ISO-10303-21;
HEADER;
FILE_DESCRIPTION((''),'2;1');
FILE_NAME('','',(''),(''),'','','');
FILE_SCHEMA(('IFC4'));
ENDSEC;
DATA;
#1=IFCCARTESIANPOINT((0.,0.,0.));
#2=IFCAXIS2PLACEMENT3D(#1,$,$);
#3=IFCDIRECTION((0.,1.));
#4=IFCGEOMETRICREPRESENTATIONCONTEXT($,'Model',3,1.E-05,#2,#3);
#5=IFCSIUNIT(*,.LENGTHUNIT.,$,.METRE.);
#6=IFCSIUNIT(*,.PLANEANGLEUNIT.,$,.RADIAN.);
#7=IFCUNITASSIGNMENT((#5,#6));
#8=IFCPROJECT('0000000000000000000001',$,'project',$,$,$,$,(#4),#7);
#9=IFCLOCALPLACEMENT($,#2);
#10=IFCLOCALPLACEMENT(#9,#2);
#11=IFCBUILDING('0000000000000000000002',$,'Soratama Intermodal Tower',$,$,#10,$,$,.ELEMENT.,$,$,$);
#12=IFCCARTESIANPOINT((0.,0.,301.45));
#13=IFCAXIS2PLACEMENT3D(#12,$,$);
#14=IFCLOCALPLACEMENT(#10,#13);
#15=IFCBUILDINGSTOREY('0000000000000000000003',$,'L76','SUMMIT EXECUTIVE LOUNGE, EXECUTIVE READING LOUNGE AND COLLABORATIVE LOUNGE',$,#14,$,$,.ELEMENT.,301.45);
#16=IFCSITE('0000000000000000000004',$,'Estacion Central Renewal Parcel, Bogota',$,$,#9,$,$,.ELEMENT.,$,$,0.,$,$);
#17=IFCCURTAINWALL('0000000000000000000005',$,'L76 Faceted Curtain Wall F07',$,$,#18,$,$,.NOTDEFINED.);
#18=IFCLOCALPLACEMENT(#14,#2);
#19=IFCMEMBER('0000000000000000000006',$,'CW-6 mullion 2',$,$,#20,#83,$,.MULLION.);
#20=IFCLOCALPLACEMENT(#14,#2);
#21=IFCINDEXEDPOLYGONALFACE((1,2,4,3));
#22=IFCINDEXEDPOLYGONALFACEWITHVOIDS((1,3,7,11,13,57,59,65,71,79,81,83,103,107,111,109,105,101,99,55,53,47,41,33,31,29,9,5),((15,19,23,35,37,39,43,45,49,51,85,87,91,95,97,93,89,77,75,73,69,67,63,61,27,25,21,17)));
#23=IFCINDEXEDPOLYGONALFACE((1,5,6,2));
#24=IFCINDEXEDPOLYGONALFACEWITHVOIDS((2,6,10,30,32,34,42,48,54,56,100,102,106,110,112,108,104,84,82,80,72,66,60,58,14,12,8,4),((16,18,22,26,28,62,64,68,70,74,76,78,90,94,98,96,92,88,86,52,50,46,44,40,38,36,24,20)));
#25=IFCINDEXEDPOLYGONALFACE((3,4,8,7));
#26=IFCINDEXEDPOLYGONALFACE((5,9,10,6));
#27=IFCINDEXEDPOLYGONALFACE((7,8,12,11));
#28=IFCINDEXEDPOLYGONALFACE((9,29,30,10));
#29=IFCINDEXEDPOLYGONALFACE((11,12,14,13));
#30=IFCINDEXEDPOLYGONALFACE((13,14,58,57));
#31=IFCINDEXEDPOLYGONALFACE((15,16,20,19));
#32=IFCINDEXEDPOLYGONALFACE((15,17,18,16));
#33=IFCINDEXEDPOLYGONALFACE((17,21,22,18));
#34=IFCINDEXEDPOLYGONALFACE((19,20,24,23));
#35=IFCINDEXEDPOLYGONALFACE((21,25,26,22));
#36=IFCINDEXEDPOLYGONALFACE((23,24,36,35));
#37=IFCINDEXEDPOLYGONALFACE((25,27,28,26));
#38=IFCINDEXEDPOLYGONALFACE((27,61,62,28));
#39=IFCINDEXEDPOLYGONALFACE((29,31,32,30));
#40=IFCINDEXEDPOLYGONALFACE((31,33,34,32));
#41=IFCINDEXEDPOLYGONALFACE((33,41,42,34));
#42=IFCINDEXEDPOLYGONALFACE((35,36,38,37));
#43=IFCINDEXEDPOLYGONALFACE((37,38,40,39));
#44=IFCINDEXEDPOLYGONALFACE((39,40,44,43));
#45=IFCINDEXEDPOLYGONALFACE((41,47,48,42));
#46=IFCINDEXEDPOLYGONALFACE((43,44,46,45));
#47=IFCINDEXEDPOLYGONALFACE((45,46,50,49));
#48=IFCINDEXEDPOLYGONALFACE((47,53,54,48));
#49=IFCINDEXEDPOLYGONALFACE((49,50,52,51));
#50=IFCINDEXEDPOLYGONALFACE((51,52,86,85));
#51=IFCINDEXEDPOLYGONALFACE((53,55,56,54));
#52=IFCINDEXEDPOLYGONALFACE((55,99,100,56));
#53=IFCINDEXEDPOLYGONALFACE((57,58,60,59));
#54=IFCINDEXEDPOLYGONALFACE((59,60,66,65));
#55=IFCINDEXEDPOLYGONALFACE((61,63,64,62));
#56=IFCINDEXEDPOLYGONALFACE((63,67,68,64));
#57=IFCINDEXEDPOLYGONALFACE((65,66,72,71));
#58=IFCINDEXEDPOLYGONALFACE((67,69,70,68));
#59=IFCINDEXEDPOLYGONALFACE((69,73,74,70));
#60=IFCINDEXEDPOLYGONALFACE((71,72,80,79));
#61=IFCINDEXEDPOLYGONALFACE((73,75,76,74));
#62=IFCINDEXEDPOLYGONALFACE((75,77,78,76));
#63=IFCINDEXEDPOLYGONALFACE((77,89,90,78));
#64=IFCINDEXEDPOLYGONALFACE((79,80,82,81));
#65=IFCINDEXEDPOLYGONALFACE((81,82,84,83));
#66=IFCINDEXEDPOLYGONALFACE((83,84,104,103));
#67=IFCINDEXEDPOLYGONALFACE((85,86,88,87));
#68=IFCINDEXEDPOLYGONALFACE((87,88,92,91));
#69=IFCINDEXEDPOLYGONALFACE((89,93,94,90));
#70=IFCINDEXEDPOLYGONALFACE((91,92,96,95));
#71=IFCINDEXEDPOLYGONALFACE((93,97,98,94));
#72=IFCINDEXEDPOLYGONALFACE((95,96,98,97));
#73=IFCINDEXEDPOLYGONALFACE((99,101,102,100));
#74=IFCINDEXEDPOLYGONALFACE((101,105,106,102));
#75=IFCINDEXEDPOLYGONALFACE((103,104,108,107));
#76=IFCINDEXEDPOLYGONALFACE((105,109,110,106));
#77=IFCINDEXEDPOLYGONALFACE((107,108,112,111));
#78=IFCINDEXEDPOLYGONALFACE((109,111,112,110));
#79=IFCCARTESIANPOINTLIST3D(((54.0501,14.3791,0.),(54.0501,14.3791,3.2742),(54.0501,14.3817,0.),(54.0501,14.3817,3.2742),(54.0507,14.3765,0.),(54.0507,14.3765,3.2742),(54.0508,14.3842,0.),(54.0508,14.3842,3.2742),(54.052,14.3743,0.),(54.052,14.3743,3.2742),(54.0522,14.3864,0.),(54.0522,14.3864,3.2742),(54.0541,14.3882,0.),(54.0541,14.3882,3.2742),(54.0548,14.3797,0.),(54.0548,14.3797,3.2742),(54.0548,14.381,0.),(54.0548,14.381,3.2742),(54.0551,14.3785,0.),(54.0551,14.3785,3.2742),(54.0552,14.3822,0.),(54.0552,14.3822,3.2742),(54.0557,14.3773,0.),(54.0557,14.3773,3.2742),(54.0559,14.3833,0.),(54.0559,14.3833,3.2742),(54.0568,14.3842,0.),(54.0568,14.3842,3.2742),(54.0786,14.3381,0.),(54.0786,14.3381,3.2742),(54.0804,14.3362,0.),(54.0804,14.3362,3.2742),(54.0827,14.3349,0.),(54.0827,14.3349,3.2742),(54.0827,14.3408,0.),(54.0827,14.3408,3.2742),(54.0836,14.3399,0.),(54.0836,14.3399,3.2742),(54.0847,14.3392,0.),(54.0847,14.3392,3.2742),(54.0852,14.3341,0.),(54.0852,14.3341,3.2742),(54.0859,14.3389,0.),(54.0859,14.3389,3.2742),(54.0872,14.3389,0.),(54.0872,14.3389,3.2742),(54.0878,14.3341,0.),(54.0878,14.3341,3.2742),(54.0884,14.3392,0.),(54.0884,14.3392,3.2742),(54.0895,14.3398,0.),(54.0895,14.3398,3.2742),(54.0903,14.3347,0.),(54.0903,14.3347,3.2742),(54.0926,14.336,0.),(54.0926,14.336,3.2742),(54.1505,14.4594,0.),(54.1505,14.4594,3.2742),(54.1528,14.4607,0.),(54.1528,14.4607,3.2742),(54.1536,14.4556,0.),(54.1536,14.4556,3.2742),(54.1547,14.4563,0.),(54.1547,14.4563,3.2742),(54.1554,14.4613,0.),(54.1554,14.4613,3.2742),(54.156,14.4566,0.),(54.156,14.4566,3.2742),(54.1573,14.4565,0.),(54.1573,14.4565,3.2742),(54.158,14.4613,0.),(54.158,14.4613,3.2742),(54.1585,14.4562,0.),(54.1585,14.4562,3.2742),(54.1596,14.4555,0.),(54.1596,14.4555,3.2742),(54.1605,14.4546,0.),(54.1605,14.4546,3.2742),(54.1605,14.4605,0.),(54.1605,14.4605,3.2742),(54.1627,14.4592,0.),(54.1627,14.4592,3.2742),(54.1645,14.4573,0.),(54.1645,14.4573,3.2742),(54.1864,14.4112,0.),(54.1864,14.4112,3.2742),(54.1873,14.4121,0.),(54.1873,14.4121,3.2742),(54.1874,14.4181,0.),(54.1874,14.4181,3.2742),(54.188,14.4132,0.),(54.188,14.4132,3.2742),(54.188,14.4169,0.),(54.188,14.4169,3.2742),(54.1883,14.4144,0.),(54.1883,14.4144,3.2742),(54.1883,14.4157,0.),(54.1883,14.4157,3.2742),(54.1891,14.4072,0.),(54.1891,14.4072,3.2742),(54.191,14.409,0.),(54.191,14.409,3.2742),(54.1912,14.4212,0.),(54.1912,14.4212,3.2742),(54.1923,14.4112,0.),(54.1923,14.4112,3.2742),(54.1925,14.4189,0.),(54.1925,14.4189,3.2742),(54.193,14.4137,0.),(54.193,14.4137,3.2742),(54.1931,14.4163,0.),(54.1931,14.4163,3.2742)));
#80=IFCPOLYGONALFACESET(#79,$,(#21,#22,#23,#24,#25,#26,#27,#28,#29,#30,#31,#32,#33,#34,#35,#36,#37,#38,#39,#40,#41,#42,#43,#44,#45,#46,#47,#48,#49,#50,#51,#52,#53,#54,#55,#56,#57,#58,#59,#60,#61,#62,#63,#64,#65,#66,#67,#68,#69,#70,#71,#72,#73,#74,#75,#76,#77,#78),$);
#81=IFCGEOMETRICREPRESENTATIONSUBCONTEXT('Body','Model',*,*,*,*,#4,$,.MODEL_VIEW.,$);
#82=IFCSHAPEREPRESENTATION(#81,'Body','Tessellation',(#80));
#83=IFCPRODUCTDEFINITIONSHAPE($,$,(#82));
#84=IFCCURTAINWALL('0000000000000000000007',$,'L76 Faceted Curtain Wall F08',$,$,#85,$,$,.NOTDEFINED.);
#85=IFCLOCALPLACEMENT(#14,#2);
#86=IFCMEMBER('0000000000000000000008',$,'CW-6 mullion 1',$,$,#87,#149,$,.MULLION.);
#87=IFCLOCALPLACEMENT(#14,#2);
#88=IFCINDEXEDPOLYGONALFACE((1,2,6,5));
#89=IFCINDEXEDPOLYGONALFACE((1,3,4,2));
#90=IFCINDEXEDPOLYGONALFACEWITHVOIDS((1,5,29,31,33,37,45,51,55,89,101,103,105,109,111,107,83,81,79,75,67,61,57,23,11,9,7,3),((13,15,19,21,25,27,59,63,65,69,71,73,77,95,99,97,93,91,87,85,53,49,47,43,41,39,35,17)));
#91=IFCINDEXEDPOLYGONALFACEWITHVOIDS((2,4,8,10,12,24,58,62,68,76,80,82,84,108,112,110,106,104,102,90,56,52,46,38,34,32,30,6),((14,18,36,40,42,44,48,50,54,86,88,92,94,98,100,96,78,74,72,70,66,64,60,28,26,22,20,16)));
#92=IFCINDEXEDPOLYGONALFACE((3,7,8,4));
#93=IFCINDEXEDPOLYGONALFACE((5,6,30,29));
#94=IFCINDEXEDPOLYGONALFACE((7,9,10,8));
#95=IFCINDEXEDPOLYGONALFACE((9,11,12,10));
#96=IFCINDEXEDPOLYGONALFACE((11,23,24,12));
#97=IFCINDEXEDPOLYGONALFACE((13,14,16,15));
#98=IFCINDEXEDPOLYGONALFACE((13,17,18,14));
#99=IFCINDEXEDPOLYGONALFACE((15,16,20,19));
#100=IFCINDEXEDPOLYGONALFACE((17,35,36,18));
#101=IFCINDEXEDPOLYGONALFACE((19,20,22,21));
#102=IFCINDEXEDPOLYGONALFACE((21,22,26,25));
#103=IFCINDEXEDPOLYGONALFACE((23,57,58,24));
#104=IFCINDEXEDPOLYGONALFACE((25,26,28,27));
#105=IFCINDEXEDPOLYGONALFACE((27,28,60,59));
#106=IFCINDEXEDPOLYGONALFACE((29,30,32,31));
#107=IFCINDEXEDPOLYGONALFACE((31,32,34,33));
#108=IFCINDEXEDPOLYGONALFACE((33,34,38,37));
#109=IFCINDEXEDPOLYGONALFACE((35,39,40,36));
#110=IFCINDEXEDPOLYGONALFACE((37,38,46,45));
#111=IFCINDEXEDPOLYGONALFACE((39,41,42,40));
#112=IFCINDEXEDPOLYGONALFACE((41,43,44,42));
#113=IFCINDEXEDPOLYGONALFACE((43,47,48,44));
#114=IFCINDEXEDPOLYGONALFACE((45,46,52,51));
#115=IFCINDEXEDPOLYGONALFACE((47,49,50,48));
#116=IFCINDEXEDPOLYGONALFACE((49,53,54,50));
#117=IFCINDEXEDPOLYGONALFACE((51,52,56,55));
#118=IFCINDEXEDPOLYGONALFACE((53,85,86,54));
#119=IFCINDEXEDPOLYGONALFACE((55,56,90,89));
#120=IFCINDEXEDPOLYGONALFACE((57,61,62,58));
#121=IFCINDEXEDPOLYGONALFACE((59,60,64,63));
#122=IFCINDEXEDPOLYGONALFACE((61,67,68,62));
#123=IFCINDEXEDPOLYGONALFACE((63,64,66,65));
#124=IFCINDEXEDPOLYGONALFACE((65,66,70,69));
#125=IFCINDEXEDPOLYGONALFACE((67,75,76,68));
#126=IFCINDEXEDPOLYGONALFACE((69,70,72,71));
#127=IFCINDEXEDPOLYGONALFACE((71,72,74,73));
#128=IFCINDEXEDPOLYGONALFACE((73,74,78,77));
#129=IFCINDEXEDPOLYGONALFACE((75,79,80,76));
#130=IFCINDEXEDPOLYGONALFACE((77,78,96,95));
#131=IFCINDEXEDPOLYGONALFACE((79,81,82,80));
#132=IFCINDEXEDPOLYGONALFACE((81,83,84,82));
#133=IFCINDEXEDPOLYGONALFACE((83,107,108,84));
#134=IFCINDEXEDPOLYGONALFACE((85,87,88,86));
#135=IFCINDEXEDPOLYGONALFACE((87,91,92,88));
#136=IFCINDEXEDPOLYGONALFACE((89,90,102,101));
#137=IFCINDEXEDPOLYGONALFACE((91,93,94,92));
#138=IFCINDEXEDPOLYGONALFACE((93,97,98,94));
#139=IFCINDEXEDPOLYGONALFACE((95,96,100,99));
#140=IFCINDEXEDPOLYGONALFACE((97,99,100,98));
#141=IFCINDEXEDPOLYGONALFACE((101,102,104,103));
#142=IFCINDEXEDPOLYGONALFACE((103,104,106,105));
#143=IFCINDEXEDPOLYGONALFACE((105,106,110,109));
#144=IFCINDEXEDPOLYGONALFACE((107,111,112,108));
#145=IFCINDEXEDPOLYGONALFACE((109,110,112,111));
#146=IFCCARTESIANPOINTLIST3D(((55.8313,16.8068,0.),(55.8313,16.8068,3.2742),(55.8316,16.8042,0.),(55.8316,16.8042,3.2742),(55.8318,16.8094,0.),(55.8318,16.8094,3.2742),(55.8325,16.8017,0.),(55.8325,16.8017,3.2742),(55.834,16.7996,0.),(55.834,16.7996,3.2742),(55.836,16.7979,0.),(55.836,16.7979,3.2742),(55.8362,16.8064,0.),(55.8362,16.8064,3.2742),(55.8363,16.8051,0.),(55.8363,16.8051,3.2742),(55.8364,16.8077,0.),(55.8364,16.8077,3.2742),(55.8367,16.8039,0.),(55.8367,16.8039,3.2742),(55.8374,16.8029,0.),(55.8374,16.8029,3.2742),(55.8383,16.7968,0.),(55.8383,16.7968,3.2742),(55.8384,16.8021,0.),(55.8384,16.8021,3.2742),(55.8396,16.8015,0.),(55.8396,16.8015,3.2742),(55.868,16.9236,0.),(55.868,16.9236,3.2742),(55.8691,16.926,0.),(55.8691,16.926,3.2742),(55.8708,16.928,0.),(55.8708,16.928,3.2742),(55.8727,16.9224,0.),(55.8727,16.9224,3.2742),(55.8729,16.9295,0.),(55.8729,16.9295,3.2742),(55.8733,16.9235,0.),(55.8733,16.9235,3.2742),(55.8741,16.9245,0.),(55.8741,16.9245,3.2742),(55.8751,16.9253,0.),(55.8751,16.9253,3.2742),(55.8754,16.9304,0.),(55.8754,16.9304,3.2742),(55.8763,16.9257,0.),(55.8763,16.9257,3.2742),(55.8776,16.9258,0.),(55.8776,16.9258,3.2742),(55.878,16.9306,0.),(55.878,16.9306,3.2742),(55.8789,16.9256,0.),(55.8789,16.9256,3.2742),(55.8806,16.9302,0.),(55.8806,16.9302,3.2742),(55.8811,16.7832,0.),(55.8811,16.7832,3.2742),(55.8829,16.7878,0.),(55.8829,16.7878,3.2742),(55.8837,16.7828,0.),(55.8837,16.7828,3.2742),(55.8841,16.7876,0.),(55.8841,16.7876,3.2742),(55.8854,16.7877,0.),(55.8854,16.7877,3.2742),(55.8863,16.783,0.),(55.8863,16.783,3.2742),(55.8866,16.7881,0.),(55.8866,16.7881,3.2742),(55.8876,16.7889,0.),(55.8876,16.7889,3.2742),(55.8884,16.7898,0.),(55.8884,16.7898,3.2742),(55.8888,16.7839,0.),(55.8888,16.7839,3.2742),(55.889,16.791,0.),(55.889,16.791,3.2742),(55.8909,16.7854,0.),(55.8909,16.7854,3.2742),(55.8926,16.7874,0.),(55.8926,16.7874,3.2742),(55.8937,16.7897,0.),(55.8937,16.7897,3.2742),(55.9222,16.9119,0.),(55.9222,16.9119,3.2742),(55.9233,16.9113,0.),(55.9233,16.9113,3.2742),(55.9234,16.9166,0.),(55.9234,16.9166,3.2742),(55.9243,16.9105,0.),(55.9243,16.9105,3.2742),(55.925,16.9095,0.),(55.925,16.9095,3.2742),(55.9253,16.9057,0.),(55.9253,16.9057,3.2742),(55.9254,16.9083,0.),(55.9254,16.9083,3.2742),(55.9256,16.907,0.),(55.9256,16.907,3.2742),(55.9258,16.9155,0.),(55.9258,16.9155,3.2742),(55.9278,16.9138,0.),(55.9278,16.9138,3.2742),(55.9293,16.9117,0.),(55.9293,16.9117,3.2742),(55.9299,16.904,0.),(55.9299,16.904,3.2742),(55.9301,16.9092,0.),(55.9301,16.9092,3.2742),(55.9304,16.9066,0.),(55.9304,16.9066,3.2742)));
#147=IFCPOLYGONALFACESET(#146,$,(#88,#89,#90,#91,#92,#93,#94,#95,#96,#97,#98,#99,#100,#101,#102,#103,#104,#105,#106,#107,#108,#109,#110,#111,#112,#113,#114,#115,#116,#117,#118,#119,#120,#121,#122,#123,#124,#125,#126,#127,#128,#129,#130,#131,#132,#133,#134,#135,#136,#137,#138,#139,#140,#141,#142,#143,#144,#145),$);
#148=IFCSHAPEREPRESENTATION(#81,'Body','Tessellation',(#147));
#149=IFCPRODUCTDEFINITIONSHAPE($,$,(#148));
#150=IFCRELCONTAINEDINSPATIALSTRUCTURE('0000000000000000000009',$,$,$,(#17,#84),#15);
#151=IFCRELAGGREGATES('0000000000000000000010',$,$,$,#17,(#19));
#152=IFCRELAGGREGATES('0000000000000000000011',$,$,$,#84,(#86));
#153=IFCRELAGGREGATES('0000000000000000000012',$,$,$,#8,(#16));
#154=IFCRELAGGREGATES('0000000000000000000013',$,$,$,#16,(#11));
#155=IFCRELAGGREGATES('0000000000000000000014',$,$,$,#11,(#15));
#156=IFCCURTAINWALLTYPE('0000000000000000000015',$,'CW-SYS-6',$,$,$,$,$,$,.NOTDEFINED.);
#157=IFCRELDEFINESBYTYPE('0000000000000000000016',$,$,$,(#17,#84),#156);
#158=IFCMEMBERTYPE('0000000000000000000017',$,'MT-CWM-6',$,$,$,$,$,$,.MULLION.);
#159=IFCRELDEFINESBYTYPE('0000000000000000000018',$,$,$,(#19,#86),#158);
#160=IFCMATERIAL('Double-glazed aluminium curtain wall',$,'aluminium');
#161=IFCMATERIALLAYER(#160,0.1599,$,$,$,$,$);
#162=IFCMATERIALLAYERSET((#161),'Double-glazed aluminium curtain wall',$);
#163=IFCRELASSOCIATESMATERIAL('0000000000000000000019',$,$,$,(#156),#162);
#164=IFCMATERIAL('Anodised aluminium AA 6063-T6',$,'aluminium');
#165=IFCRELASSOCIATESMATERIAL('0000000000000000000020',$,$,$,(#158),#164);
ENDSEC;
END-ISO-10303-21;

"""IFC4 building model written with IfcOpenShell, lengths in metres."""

from ifc_helpers import new_model, si_unit, direction, frame, origin, origin_2d, place, context, subcontext, project, spatial, hollow_rectangle, extrude, material, layer, layer_set, material_profile, profile_set, type_object, element, aggregate, save


model = new_model("IFC4")

# Units and contexts
model_context = context("Model", 3, precision=1e-05, world=origin(), true_north=direction((0.0, 1.0)))
body_context = subcontext(model_context, "Body", "Model", "MODEL_VIEW")
ifc_project = project(units=[si_unit("LENGTHUNIT", "METRE"), si_unit("PLANEANGLEUNIT", "RADIAN")], contexts=[model_context])

# Site, building, storey
site_placement = place(None, origin())
site = spatial("IfcSite", under=ifc_project, at=site_placement, Name="Estacion Central Renewal Parcel, Bogota", CompositionType="ELEMENT", RefElevation=0.0)
building_placement = place(site_placement, origin())
building = spatial("IfcBuilding", under=site, at=building_placement, Name="Soratama Intermodal Tower", CompositionType="ELEMENT")
storey_placement = place(building_placement, frame((0.0, 0.0, 301.45)))
storey = spatial("IfcBuildingStorey", under=building, at=storey_placement, Name="L76", Description="SUMMIT EXECUTIVE LOUNGE, EXECUTIVE READING LOUNGE AND COLLABORATIVE LOUNGE", CompositionType="ELEMENT", Elevation=301.45)

# Curtain walls, members
ifc_material_1 = material(Name="Double-glazed aluminium curtain wall", Category="aluminium")
ifc_layer_1 = layer(ifc_material_1, 0.1599)
ifc_layer_set_1 = layer_set([ifc_layer_1], Name="Double-glazed aluminium curtain wall")
curtain_wall_type = type_object("IfcCurtainWallType", Name="CW-SYS-6", PredefinedType="NOTDEFINED", material=ifc_layer_set_1)
curtain_wall_1_placement = place(storey_placement, origin())
curtain_wall_1 = element("IfcCurtainWall", 1, at=curtain_wall_1_placement, inside=storey, type_object=curtain_wall_type, Name="L76 Faceted Curtain Wall F07", PredefinedType="NOTDEFINED")
ifc_material_2 = material(Name="Anodised aluminium AA 6063-T6", Category="aluminium")
ifc_material_profile_1 = material_profile(ifc_material_2, hollow_rectangle(XDim=0.0649, YDim=0.1399, WallThickness=0.0049, InnerFilletRadius=0.0049, OuterFilletRadius=0.01, at=origin_2d()), Name="CWM140X65X5")
ifc_profile_set_1 = profile_set([ifc_material_profile_1], Name="Anodised aluminium AA 6063-T6")
member_type_1 = type_object("IfcMemberType", Name="MT-CWM-6", PredefinedType="MULLION", material=ifc_profile_set_1)
member_1_placement = place(storey_placement, frame((54.1216, 14.3977, 0.0), z_axis=(0.0, 0.0, 1.0), x_axis=(-0.593705, 0.804683, 0.0)))
member_1 = element("IfcMember", 2, at=member_1_placement, type_object=member_type_1, Name="CW-6 mullion 2", PredefinedType="MULLION", context=body_context, shape_type="SweptSolid", body=[
    extrude(hollow_rectangle(XDim=0.0649, YDim=0.1399, WallThickness=0.0049, InnerFilletRadius=0.0049, OuterFilletRadius=0.01, at=origin_2d()), origin(), (0.0, 0.0, 1.0), 3.2742),
])
curtain_wall_2_placement = place(storey_placement, origin())
curtain_wall_2 = element("IfcCurtainWall", 3, at=curtain_wall_2_placement, inside=storey, type_object=curtain_wall_type, Name="L76 Faceted Curtain Wall F08", PredefinedType="NOTDEFINED")
member_2_placement = place(storey_placement, frame((55.8809, 16.8567, 0.0), z_axis=(0.0, 0.0, 1.0), x_axis=(-0.953296, 0.302037, 0.0)))
member_2 = element("IfcMember", 4, at=member_2_placement, type_object=member_type_1, Name="CW-6 mullion 1", PredefinedType="MULLION", context=body_context, shape_type="SweptSolid", body=[
    extrude(hollow_rectangle(XDim=0.0649, YDim=0.1399, WallThickness=0.0049, InnerFilletRadius=0.0049, OuterFilletRadius=0.01, at=origin_2d()), origin(), (0.0, 0.0, 1.0), 3.2742),
])

aggregate(curtain_wall_1, [member_1])
aggregate(curtain_wall_2, [member_2])

save(model, "model.ifc")
